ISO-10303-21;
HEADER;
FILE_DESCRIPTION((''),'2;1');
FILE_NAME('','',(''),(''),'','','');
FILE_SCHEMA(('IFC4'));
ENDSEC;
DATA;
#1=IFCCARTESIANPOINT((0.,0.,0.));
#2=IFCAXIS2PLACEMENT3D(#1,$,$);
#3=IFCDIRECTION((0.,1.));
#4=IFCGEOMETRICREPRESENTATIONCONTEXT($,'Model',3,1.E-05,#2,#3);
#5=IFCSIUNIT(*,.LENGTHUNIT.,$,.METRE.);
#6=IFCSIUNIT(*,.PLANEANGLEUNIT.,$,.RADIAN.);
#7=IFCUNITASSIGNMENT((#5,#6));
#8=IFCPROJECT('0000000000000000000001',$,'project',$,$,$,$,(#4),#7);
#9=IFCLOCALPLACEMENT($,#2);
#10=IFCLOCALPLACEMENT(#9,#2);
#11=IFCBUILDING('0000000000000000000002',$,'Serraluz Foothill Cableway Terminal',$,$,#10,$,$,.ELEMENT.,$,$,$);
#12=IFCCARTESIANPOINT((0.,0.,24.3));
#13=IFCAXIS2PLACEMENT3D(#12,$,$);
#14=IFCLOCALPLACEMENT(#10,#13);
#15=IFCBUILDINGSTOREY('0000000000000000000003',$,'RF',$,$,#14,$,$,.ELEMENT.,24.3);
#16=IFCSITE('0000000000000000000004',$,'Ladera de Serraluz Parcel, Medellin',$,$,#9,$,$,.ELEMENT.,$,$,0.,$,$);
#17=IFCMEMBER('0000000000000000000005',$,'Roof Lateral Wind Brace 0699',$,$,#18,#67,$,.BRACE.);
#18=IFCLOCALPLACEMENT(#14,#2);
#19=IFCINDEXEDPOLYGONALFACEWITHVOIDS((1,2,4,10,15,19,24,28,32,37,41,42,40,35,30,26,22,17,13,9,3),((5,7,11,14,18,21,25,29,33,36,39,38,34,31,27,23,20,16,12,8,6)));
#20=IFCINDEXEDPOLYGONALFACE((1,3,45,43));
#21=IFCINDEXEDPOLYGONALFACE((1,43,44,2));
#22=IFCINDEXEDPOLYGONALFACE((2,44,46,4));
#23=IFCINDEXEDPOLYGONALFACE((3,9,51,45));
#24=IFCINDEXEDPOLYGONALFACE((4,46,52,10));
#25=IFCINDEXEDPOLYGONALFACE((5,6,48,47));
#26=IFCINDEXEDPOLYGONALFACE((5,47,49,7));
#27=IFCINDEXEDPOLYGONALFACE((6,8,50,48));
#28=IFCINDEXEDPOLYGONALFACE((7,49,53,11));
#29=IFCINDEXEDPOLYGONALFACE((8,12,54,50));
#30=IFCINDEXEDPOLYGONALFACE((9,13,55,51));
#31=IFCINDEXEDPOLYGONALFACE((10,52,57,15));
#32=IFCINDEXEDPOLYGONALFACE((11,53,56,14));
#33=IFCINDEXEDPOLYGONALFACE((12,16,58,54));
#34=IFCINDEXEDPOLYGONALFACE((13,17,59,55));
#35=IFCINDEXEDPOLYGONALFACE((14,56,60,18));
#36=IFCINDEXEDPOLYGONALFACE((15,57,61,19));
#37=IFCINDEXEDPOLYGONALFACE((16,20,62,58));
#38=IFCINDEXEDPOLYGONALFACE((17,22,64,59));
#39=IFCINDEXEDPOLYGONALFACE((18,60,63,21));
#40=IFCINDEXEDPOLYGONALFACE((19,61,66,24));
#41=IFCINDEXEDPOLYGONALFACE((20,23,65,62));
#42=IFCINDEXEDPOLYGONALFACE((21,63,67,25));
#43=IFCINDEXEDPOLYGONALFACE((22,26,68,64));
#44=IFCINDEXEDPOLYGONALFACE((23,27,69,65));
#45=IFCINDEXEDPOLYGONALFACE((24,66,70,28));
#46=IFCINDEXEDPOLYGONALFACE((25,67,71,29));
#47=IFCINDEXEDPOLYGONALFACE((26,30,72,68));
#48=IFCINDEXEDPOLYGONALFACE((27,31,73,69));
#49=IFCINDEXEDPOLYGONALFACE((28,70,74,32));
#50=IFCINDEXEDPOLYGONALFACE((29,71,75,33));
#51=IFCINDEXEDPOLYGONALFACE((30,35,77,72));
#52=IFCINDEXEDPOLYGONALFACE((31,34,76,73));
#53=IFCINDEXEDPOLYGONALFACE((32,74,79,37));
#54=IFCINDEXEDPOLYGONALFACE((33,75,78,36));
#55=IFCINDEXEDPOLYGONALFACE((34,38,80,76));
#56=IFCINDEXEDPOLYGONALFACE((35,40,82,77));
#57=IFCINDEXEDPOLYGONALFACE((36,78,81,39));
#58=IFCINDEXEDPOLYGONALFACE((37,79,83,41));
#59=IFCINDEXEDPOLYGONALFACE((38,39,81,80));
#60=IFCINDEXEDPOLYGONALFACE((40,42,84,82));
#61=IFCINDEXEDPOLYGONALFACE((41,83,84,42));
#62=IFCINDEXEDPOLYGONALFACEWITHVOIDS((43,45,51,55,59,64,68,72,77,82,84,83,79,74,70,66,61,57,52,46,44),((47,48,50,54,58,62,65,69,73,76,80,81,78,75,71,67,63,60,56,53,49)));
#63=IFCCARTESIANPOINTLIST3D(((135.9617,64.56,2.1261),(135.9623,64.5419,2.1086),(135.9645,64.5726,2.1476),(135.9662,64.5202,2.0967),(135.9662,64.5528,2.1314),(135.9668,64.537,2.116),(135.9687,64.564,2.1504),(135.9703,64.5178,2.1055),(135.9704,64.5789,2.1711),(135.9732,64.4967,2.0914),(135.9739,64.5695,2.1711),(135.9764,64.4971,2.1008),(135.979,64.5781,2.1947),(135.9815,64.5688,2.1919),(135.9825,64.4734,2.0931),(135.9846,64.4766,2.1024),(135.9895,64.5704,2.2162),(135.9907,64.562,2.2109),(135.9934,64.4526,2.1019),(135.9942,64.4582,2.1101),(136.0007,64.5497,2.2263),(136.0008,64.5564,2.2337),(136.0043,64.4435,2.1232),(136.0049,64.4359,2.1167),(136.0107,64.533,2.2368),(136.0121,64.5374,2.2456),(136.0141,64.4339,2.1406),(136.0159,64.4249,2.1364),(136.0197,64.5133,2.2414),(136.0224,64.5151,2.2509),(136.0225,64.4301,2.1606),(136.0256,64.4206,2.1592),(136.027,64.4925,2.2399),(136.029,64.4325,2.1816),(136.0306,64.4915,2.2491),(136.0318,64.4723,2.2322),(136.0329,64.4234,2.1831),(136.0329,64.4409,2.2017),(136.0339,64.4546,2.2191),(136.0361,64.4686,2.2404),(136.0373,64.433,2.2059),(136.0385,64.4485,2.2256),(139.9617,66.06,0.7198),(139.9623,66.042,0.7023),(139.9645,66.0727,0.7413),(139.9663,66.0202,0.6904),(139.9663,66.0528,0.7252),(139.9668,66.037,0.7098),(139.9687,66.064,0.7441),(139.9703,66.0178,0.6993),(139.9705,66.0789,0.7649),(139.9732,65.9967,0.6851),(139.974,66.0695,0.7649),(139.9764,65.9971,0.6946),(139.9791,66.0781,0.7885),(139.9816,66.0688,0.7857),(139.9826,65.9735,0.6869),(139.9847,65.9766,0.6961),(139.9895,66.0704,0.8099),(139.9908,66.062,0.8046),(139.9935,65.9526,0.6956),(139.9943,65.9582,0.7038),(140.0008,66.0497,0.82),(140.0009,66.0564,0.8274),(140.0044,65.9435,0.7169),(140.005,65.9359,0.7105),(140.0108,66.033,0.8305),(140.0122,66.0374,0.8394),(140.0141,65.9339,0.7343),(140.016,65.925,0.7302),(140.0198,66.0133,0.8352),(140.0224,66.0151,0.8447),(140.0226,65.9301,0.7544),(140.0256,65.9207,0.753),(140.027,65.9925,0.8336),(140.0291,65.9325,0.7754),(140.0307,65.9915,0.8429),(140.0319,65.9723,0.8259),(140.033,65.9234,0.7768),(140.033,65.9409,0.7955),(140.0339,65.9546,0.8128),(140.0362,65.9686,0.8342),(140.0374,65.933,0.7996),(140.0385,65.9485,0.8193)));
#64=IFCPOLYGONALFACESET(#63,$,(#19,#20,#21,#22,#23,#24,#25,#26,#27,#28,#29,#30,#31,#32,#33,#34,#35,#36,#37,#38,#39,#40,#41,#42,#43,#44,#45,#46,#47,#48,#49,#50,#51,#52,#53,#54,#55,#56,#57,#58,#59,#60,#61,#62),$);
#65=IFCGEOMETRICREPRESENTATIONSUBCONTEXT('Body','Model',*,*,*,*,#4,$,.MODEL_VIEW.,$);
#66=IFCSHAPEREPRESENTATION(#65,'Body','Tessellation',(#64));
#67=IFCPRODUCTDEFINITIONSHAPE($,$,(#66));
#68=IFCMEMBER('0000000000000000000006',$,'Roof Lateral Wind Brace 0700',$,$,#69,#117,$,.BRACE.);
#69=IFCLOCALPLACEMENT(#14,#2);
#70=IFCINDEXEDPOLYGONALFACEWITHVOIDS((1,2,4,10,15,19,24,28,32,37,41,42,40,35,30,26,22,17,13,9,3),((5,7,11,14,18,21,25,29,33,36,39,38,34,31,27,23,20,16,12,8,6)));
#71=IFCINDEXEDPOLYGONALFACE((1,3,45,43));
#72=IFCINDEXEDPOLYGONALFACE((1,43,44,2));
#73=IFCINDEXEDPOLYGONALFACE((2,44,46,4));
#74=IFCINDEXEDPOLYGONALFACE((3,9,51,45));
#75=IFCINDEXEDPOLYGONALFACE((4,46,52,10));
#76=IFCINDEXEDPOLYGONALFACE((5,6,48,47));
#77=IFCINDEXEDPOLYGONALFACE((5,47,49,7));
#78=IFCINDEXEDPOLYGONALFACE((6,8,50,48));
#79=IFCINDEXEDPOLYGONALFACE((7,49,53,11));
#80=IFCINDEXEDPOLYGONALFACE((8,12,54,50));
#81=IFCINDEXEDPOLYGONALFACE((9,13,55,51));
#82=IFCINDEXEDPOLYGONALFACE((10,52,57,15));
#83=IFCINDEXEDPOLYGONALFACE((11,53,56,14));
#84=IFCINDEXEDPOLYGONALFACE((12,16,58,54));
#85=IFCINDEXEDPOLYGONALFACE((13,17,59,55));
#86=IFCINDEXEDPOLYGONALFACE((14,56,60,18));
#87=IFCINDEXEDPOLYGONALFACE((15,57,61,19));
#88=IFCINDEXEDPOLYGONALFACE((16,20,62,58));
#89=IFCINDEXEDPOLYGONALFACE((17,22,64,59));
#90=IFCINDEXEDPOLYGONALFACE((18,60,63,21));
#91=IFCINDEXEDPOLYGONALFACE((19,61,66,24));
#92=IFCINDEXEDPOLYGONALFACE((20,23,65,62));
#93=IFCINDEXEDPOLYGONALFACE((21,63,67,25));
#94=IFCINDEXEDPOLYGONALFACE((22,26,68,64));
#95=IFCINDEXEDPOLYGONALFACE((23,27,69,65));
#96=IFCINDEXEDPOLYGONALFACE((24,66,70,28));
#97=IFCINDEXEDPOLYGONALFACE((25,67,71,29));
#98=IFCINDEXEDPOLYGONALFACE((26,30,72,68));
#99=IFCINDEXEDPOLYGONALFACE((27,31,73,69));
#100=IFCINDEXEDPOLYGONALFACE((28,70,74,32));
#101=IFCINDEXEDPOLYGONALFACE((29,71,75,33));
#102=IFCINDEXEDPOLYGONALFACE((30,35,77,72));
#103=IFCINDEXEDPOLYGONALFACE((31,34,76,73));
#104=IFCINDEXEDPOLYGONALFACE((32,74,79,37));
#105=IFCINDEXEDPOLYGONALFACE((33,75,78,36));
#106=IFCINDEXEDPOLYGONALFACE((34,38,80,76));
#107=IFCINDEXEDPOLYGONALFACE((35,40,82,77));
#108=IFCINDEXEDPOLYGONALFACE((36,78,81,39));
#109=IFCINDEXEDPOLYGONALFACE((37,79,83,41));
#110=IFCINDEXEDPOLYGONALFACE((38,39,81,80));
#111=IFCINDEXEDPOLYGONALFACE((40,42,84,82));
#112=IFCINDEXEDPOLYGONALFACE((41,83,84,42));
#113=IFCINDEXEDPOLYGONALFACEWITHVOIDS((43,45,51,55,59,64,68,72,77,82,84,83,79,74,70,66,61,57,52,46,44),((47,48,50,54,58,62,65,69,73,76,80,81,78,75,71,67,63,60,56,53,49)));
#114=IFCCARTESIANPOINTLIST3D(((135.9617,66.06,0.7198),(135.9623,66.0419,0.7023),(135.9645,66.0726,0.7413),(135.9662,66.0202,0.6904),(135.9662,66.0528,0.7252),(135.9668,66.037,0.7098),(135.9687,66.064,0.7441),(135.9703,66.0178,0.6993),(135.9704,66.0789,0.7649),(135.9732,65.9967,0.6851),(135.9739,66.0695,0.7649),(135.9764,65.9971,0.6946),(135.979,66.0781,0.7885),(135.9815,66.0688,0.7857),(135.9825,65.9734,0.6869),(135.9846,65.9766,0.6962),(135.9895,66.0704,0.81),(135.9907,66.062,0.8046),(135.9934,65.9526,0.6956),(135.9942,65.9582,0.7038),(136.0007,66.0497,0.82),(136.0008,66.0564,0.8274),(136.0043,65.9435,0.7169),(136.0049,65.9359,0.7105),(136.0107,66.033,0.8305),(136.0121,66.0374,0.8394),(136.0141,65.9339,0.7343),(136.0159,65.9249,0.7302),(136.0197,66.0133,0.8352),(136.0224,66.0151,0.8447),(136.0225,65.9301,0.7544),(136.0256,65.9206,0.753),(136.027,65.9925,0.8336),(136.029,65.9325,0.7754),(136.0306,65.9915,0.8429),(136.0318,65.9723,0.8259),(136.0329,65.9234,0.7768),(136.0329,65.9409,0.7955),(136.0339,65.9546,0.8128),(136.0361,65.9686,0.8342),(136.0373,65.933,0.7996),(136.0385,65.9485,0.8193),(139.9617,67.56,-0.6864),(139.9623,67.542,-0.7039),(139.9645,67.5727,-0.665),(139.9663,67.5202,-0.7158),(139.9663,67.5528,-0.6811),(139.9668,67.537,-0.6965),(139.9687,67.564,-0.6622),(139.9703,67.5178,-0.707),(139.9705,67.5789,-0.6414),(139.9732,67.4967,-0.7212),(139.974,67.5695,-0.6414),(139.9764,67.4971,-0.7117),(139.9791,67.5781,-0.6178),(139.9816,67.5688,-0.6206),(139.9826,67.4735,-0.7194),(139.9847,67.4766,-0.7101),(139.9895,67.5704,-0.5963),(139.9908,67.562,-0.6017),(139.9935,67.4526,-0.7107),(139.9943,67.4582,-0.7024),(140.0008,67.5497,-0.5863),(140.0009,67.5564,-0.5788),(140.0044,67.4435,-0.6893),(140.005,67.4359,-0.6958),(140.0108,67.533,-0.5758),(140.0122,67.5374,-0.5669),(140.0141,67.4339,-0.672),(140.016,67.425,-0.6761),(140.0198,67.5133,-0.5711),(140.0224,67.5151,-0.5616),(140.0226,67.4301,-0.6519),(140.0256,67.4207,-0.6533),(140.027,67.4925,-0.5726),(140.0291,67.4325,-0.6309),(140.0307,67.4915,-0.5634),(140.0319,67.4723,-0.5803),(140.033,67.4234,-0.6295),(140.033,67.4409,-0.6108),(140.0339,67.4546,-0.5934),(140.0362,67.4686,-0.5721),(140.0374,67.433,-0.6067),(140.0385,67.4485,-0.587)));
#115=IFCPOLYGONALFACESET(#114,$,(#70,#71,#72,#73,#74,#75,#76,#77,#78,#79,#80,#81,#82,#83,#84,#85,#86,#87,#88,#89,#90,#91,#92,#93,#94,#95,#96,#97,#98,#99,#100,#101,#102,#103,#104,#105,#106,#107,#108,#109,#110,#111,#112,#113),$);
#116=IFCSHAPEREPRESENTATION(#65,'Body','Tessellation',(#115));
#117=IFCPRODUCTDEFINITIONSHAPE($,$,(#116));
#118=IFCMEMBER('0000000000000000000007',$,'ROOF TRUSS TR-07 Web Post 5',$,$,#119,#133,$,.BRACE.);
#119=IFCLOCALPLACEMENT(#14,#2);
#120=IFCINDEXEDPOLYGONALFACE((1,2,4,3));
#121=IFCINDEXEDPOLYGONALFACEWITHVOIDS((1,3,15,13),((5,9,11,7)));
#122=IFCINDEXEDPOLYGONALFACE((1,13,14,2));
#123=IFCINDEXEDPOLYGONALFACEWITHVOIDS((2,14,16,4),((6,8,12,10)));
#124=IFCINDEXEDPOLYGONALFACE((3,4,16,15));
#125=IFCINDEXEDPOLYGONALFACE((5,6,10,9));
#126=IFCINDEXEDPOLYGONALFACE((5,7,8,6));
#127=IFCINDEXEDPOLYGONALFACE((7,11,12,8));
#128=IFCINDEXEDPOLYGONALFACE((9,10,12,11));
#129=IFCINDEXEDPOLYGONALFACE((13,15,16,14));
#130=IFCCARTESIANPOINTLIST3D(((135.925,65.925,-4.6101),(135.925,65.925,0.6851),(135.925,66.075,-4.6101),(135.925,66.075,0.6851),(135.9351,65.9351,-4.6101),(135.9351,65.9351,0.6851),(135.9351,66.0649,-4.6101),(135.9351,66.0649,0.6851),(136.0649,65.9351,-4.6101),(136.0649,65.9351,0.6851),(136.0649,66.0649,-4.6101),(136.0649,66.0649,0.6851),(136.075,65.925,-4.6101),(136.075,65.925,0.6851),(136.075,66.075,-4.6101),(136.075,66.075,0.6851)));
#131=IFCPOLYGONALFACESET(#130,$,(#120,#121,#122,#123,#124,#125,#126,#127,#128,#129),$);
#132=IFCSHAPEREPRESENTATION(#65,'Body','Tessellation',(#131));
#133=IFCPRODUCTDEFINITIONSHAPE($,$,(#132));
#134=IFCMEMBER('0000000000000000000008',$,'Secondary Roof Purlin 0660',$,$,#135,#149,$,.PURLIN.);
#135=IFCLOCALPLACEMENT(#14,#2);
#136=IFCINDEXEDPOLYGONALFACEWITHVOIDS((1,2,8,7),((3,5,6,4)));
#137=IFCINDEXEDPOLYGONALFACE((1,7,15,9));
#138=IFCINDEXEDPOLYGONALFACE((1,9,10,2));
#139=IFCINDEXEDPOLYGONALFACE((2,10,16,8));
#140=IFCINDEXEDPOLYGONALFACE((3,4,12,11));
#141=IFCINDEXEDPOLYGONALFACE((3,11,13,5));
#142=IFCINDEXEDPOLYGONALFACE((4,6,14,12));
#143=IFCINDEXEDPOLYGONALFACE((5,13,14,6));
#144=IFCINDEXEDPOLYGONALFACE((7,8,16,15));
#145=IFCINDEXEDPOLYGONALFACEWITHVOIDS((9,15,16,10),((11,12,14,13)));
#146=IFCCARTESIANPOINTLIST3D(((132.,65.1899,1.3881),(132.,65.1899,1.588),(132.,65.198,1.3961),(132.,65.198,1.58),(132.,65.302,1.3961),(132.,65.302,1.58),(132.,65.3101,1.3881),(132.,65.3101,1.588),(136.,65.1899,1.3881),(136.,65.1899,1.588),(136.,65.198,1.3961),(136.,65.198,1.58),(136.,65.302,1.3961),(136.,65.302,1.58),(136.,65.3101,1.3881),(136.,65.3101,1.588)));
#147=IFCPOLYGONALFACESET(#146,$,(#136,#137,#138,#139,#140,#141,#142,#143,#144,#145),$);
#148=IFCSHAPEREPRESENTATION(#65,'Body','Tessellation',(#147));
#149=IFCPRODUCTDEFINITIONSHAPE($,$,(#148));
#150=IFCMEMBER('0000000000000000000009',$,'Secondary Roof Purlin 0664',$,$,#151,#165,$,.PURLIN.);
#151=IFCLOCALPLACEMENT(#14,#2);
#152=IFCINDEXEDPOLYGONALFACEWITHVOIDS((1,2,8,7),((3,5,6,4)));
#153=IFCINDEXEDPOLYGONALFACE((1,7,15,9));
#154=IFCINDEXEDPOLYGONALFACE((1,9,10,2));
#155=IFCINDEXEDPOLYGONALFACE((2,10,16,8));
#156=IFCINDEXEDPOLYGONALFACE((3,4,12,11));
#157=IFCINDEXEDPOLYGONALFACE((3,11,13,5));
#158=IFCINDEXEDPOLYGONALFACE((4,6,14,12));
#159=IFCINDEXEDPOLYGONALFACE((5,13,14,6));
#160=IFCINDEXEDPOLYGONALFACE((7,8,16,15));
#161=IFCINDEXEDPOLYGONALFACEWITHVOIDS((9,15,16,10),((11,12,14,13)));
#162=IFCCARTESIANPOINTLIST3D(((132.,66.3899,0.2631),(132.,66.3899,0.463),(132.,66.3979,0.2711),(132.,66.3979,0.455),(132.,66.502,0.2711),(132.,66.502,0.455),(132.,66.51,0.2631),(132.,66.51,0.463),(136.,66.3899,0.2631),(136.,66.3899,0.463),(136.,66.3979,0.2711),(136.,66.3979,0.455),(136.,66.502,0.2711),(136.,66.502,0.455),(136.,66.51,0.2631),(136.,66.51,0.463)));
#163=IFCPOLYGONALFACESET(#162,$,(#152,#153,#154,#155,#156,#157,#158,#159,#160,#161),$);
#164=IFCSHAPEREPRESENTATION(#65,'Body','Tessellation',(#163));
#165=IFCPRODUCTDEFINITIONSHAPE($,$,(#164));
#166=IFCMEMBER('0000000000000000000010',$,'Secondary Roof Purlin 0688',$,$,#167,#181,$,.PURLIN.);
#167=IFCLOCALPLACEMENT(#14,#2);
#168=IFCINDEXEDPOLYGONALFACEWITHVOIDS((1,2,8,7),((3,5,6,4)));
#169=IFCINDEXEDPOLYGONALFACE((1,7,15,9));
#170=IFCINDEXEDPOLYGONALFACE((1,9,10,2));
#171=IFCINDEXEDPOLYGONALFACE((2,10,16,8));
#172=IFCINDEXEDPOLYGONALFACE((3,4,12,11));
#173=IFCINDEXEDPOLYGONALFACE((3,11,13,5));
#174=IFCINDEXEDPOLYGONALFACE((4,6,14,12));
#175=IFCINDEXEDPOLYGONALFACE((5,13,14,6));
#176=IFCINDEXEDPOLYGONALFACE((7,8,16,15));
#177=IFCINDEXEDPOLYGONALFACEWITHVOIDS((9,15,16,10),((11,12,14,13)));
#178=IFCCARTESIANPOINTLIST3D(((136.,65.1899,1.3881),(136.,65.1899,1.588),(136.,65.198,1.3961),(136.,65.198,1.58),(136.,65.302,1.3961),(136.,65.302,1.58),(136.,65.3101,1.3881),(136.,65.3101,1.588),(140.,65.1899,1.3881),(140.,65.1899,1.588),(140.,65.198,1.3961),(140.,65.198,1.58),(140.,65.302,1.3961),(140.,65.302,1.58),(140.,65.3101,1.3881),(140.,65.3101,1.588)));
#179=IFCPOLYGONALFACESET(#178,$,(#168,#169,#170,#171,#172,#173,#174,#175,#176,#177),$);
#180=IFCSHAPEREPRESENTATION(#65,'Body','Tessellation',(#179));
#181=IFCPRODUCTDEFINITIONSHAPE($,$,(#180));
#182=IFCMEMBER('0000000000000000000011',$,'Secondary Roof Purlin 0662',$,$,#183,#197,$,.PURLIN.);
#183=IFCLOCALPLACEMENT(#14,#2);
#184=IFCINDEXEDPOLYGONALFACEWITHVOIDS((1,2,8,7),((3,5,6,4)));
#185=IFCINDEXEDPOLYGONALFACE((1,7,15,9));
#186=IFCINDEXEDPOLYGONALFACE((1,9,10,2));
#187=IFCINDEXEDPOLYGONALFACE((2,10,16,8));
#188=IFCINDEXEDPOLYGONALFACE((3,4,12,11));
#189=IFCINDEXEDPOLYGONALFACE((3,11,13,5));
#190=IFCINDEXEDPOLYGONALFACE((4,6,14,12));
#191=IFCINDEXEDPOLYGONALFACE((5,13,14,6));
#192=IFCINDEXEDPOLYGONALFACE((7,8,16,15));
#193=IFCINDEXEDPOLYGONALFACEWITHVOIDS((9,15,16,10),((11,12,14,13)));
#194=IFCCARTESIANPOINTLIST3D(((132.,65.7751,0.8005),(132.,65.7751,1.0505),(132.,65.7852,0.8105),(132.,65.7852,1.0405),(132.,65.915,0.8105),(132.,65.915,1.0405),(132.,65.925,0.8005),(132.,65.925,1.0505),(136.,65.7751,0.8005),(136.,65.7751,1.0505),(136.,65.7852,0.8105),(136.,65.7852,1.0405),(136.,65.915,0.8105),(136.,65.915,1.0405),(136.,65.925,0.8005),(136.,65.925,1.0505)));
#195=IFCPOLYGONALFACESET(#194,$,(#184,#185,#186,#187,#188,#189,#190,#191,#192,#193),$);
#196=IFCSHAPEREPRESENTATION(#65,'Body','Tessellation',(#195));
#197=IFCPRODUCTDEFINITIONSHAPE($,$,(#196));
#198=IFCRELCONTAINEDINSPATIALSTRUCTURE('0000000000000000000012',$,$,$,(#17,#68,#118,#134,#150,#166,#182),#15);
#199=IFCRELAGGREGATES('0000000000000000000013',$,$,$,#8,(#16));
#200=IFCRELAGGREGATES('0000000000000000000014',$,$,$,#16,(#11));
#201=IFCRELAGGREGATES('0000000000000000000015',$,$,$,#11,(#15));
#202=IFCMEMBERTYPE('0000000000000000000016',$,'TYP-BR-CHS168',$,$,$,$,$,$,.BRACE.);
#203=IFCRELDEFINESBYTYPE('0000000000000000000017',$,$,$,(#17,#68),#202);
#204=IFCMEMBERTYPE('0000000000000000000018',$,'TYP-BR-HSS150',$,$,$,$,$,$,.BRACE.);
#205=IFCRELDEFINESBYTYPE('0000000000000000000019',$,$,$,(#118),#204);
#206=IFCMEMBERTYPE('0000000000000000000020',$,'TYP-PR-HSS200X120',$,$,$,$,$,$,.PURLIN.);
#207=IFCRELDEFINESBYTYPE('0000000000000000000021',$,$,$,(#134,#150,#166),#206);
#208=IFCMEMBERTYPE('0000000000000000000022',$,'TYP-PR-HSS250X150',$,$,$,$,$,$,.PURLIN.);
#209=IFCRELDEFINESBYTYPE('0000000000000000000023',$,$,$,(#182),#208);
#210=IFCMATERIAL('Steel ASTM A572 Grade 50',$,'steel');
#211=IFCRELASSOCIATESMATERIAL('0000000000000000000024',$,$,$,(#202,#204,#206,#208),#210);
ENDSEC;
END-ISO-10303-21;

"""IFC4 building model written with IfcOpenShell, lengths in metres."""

from ifc_helpers import new_model, si_unit, direction, frame, origin, origin_2d, place, context, subcontext, project, spatial, hollow_rectangle, hollow_circle, extrude, material, material_profile, profile_set, type_object, element, save


model = new_model("IFC4")

# Units and contexts
model_context = context("Model", 3, precision=1e-05, world=origin(), true_north=direction((0.0, 1.0)))
body_context = subcontext(model_context, "Body", "Model", "MODEL_VIEW")
ifc_project = project(units=[si_unit("LENGTHUNIT", "METRE"), si_unit("PLANEANGLEUNIT", "RADIAN")], contexts=[model_context])

# Site, building, storey
site_placement = place(None, origin())
site = spatial("IfcSite", under=ifc_project, at=site_placement, Name="Ladera de Serraluz Parcel, Medellin", CompositionType="ELEMENT", RefElevation=0.0)
building_placement = place(site_placement, origin())
building = spatial("IfcBuilding", under=site, at=building_placement, Name="Serraluz Foothill Cableway Terminal", CompositionType="ELEMENT")
storey_placement = place(building_placement, frame((0.0, 0.0, 24.3)))
storey = spatial("IfcBuildingStorey", under=building, at=storey_placement, Name="RF", CompositionType="ELEMENT", Elevation=24.3)

# Members
ifc_material_1 = material(Name="Steel ASTM A572 Grade 50", Category="steel")
ifc_material_profile_1 = material_profile(ifc_material_1, hollow_circle(Radius=0.0842, WallThickness=0.01, at=origin_2d()), Name="CHS168X10")
ifc_profile_set_1 = profile_set([ifc_material_profile_1], Name="Steel ASTM A572 Grade 50")
member_type_1 = type_object("IfcMemberType", Name="TYP-BR-CHS168", PredefinedType="BRACE", material=ifc_profile_set_1)
for number, where, z_axis, x_axis, name in (
    (1, (136.0, 64.5, 2.1711), (0.889382, 0.333518, -0.312673), (-0.351123, 0.936329, 0.0), "Roof Lateral Wind Brace 0699"),
    (2, (136.0, 66.0, 0.7649), (0.889382, 0.333518, -0.312673), (-0.351123, 0.936329, 0.0), "Roof Lateral Wind Brace 0700"),
):
    element("IfcMember", number, at=place(storey_placement, frame(where, z_axis=z_axis, x_axis=x_axis)), inside=storey, type_object=member_type_1, Name=name, PredefinedType="BRACE", context=body_context, shape_type="SweptSolid", body=[
        extrude(hollow_circle(Radius=0.0842, WallThickness=0.01, at=origin_2d()), origin(), (0.0, 0.0, 1.0), 4.4976),
    ])
ifc_material_profile_2 = material_profile(ifc_material_1, hollow_rectangle(XDim=0.1499, YDim=0.1499, WallThickness=0.01, at=origin_2d()), Name="HSS150X150X10")
ifc_profile_set_2 = profile_set([ifc_material_profile_2], Name="Steel ASTM A572 Grade 50")
member_type_2 = type_object("IfcMemberType", Name="TYP-BR-HSS150", PredefinedType="BRACE", material=ifc_profile_set_2)
member_1_placement = place(storey_placement, frame((136.0, 66.0, -4.6101), z_axis=(0.0, 0.0, 1.0), x_axis=(1.0, 0.0, 0.0)))
element("IfcMember", 3, at=member_1_placement, inside=storey, type_object=member_type_2, Name="ROOF TRUSS TR-07 Web Post 5", PredefinedType="BRACE", context=body_context, shape_type="SweptSolid", body=[
    extrude(hollow_rectangle(XDim=0.1499, YDim=0.1499, WallThickness=0.01, at=origin_2d()), origin(), (0.0, 0.0, 1.0), 5.2952),
])
ifc_material_profile_3 = material_profile(ifc_material_1, hollow_rectangle(XDim=0.1201, YDim=0.2, WallThickness=0.0081, at=origin_2d()), Name="HSS200X120X8")
ifc_profile_set_3 = profile_set([ifc_material_profile_3], Name="Steel ASTM A572 Grade 50")
member_type_3 = type_object("IfcMemberType", Name="TYP-PR-HSS200X120", PredefinedType="PURLIN", material=ifc_profile_set_3)
for number, where, z_axis, x_axis, name in (
    (4, (132.0, 65.25, 1.488), (1.0, 0.0, 0.0), (0.0, 1.0, 0.0), "Secondary Roof Purlin 0660"),
    (5, (132.0, 66.45, 0.363), (1.0, 0.0, 0.0), (0.0, 1.0, 0.0), "Secondary Roof Purlin 0664"),
    (6, (136.0, 65.25, 1.488), (1.0, 0.0, 0.0), (0.0, 1.0, 0.0), "Secondary Roof Purlin 0688"),
):
    element("IfcMember", number, at=place(storey_placement, frame(where, z_axis=z_axis, x_axis=x_axis)), inside=storey, type_object=member_type_3, Name=name, PredefinedType="PURLIN", context=body_context, shape_type="SweptSolid", body=[
        extrude(hollow_rectangle(XDim=0.1201, YDim=0.2, WallThickness=0.0081, at=origin_2d()), origin(), (0.0, 0.0, 1.0), 4.0),
    ])
ifc_material_profile_4 = material_profile(ifc_material_1, hollow_rectangle(XDim=0.1499, YDim=0.25, WallThickness=0.01, at=origin_2d()), Name="HSS250X150X10")
ifc_profile_set_4 = profile_set([ifc_material_profile_4], Name="Steel ASTM A572 Grade 50")
member_type_4 = type_object("IfcMemberType", Name="TYP-PR-HSS250X150", PredefinedType="PURLIN", material=ifc_profile_set_4)
for number, where, z_axis, x_axis, name in (
    (7, (132.0, 65.8501, 0.9255), (1.0, 0.0, 0.0), (0.0, 1.0, 0.0), "Secondary Roof Purlin 0662"),
):
    element("IfcMember", number, at=place(storey_placement, frame(where, z_axis=z_axis, x_axis=x_axis)), inside=storey, type_object=member_type_4, Name=name, PredefinedType="PURLIN", context=body_context, shape_type="SweptSolid", body=[
        extrude(hollow_rectangle(XDim=0.1499, YDim=0.25, WallThickness=0.01, at=origin_2d()), origin(), (0.0, 0.0, 1.0), 4.0),
    ])

save(model, "model.ifc")
